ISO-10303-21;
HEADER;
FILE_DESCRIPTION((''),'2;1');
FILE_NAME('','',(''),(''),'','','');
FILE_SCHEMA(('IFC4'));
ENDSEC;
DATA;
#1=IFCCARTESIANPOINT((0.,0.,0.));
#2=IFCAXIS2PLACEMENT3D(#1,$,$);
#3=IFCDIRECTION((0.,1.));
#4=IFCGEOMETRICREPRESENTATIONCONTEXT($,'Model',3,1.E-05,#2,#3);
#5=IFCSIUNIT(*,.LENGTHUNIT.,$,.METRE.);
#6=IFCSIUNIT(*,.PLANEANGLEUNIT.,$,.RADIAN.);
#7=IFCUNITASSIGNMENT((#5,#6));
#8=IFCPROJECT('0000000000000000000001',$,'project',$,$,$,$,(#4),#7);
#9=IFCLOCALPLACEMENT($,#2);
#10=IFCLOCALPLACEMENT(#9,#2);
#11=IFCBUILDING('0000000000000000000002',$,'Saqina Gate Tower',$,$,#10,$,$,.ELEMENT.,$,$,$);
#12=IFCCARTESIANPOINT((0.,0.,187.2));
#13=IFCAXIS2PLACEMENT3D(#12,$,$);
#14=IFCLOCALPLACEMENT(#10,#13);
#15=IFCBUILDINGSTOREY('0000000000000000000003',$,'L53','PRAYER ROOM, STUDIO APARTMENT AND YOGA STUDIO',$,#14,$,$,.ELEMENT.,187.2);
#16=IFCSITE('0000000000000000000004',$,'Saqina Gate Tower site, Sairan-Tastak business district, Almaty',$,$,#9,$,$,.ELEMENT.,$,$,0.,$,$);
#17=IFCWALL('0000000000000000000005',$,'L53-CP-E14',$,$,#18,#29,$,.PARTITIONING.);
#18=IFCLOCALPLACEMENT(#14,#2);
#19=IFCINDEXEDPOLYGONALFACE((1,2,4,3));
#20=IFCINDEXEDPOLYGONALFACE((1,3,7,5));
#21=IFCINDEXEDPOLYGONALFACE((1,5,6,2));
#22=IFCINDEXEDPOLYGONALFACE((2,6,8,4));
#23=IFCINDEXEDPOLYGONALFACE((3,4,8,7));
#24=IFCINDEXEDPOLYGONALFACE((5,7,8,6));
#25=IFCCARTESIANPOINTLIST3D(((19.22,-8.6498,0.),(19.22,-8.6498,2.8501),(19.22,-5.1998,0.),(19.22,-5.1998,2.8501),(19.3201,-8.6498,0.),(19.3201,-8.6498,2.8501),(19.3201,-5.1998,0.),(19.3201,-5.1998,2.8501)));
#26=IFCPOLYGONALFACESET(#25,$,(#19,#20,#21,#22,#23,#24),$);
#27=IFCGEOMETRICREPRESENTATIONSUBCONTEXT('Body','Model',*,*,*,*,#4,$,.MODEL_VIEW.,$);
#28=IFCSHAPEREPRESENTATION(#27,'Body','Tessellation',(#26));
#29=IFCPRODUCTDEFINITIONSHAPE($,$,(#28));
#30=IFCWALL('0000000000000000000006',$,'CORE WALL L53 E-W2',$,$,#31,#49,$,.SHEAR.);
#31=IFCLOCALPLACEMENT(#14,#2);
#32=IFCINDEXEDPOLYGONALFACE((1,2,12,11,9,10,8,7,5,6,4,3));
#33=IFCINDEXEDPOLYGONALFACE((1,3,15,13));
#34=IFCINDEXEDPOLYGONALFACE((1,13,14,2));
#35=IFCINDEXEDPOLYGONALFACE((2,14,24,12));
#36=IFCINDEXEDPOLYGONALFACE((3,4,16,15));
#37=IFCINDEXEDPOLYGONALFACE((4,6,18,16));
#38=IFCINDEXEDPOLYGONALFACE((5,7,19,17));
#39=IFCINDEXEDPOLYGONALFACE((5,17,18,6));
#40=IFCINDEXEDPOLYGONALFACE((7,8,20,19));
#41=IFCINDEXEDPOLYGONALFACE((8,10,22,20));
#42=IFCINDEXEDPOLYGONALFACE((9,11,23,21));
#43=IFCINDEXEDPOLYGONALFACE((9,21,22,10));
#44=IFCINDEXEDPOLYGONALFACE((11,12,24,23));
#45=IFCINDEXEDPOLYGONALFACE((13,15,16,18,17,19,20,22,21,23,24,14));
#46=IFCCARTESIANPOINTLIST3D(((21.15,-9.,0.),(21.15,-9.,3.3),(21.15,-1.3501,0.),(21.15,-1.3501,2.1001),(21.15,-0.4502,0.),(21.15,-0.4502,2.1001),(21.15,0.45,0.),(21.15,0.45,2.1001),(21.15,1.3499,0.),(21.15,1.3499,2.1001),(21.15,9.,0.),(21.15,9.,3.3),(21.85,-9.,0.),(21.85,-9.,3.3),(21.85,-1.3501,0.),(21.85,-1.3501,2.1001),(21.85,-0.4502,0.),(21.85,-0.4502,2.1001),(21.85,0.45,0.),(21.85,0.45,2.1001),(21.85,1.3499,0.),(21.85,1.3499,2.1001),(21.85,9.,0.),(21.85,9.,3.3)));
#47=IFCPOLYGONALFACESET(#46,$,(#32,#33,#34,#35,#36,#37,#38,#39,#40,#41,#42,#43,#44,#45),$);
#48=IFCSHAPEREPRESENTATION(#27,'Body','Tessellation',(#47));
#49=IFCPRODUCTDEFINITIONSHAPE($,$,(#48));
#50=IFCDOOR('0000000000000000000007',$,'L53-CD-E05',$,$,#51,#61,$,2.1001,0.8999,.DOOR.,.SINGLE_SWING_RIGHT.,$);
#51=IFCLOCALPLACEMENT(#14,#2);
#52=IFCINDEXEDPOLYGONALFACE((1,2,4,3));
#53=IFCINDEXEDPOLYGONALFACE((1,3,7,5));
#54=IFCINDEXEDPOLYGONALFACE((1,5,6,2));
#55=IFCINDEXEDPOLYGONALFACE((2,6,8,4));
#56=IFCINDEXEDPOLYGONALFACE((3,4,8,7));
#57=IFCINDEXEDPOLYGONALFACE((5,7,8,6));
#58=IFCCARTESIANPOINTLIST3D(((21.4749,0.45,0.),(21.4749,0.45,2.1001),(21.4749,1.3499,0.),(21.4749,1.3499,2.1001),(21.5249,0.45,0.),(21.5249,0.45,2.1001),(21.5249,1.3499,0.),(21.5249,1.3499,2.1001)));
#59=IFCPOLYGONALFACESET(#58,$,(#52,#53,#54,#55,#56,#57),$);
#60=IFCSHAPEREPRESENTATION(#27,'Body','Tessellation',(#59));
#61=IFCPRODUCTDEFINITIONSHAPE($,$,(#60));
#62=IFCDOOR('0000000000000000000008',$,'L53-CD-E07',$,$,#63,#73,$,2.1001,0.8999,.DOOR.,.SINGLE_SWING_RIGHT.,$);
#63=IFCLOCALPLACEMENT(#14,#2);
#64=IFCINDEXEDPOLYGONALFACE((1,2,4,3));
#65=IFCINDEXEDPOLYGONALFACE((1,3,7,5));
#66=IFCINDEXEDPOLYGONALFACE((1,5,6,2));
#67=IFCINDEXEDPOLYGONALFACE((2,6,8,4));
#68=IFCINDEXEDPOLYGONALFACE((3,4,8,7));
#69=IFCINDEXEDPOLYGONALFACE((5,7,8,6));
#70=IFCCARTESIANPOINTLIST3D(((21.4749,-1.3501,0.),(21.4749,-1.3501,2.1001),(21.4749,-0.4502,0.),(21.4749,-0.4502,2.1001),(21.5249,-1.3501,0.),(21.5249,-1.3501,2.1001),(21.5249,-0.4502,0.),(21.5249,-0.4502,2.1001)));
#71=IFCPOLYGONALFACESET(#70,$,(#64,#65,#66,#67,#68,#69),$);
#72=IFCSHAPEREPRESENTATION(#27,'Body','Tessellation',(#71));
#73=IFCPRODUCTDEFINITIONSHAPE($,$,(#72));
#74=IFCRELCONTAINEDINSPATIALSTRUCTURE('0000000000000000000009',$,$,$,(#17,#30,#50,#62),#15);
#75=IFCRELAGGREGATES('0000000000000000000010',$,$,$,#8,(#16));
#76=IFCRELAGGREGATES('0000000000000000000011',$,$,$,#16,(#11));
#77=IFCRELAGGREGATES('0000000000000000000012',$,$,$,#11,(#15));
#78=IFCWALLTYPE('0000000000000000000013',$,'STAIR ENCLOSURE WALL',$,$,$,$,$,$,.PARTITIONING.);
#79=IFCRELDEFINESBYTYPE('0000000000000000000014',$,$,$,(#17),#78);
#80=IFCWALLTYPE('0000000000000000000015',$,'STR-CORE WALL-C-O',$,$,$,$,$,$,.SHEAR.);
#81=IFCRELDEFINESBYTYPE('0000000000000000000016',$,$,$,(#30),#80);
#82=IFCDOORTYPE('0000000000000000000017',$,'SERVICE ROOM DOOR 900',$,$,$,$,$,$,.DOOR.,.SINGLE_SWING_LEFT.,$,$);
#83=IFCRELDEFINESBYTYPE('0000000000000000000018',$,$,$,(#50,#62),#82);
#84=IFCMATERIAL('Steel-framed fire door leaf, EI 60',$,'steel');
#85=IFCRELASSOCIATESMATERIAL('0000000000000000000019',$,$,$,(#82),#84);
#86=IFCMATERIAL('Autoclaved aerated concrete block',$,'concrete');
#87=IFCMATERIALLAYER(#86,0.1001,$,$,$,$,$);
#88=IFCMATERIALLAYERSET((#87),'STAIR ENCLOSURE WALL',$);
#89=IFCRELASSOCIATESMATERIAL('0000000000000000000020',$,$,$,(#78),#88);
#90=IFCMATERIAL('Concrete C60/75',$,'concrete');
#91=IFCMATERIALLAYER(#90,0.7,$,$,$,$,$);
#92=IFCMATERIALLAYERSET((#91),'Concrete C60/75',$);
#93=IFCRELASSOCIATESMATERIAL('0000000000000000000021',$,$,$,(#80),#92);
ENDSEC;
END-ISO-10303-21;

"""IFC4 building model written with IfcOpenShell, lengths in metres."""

from ifc_helpers import new_model, si_unit, direction, frame, frame_2d, origin, place, context, subcontext, project, spatial, rectangle, extrude, material, layer, layer_set, type_object, element, fill, save


model = new_model("IFC4")

# Units and contexts
model_context = context("Model", 3, precision=1e-05, world=origin(), true_north=direction((0.0, 1.0)))
body_context = subcontext(model_context, "Body", "Model", "MODEL_VIEW")
ifc_project = project(units=[si_unit("LENGTHUNIT", "METRE"), si_unit("PLANEANGLEUNIT", "RADIAN")], contexts=[model_context])

# Site, building, storey
site_placement = place(None, origin())
site = spatial("IfcSite", under=ifc_project, at=site_placement, Name="Saqina Gate Tower site, Sairan-Tastak business district, Almaty", CompositionType="ELEMENT", RefElevation=0.0)
building_placement = place(site_placement, origin())
building = spatial("IfcBuilding", under=site, at=building_placement, Name="Saqina Gate Tower", CompositionType="ELEMENT")
storey_placement = place(building_placement, frame((0.0, 0.0, 187.2)))
storey = spatial("IfcBuildingStorey", under=building, at=storey_placement, Name="L53", Description="PRAYER ROOM, STUDIO APARTMENT AND YOGA STUDIO", CompositionType="ELEMENT", Elevation=187.2)

# Shared definitions
ifc_material_1 = material(Name="Steel-framed fire door leaf, EI 60", Category="steel")
door_type_1 = type_object("IfcDoorType", Name="SERVICE ROOM DOOR 900", OperationType="SINGLE_SWING_LEFT", PredefinedType="DOOR", material=ifc_material_1)

# Wall
ifc_material_2 = material(Name="Autoclaved aerated concrete block", Category="concrete")
ifc_layer_1 = layer(ifc_material_2, 0.1001)
ifc_layer_set_1 = layer_set([ifc_layer_1], Name="STAIR ENCLOSURE WALL")
wall_type_1 = type_object("IfcWallType", Name="STAIR ENCLOSURE WALL", PredefinedType="PARTITIONING", material=ifc_layer_set_1)
wall_1_placement = place(storey_placement, frame((19.27, -8.6499, 0.0), z_axis=(0.0, 0.0, 1.0), x_axis=(0.0, 1.0, 0.0)))
element("IfcWall", 1, at=wall_1_placement, inside=storey, type_object=wall_type_1, Name="L53-CP-E14", PredefinedType="PARTITIONING", context=body_context, shape_type="SweptSolid", body=[
    extrude(rectangle(XDim=3.45, YDim=0.1001, at=frame_2d((1.7251, 0.0))), origin(), (0.0, 0.0, 1.0), 2.8501),
])

# Wall, openings, doors
ifc_material_3 = material(Name="Concrete C60/75", Category="concrete")
ifc_layer_2 = layer(ifc_material_3, 0.7)
ifc_layer_set_2 = layer_set([ifc_layer_2], Name="Concrete C60/75")
wall_type_2 = type_object("IfcWallType", Name="STR-CORE WALL-C-O", PredefinedType="SHEAR", material=ifc_layer_set_2)
wall_2_placement = place(storey_placement, frame((21.5, -9.0, 0.0), z_axis=(0.0, 0.0, 1.0), x_axis=(0.0, 1.0, 0.0)))
wall_2 = element("IfcWall", 2, at=wall_2_placement, inside=storey, type_object=wall_type_2, Name="CORE WALL L53 E-W2", PredefinedType="SHEAR", context=body_context, shape_type="SweptSolid", body=[
    extrude(rectangle(XDim=18.0, YDim=0.7, at=frame_2d((9.0, 0.0))), origin(), (0.0, 0.0, 1.0), 3.3),
])
opening_1_placement = place(wall_2_placement, frame((9.45, 0.0, 0.0)))
opening_1 = element("IfcOpeningElement", 3, at=opening_1_placement, cuts=wall_2, PredefinedType="OPENING", context=body_context, shape_type="SweptSolid", body=[
    extrude(rectangle(XDim=0.8999, YDim=2.1001, at=frame_2d((0.45, 1.05))), frame((0.0, 0.3621, 0.0), z_axis=(0.0, -1.0, 0.0), x_axis=(1.0, 0.0, 0.0)), (0.0, 0.0, 1.0), 0.7239),
])
opening_2_placement = place(wall_2_placement, frame((7.6499, 0.0, 0.0)))
opening_2 = element("IfcOpeningElement", 4, at=opening_2_placement, cuts=wall_2, PredefinedType="OPENING", context=body_context, shape_type="SweptSolid", body=[
    extrude(rectangle(XDim=0.8999, YDim=2.1001, at=frame_2d((0.45, 1.05))), frame((0.0, 0.3621, 0.0), z_axis=(0.0, -1.0, 0.0), x_axis=(1.0, 0.0, 0.0)), (0.0, 0.0, 1.0), 0.7239),
])
door_1_placement = place(opening_1_placement, frame((0.8999, 0.0, 0.0), z_axis=(0.0, 0.0, 1.0), x_axis=(-1.0, 0.0, 0.0)))
door_1 = element("IfcDoor", 5, at=door_1_placement, inside=storey, type_object=door_type_1, Name="L53-CD-E05", OperationType="SINGLE_SWING_RIGHT", OverallHeight=2.1001, OverallWidth=0.8999, PredefinedType="DOOR", context=body_context, shape_type="SweptSolid", body=[
    extrude(rectangle(XDim=0.8999, YDim=2.1001, at=frame_2d((0.45, 1.05))), frame((0.0, 0.0249, 0.0), z_axis=(0.0, -1.0, 0.0), x_axis=(1.0, 0.0, 0.0)), (0.0, 0.0, 1.0), 0.05),
])
fill(opening_1, door_1)
door_2_placement = place(opening_2_placement, frame((0.8999, 0.0, 0.0), z_axis=(0.0, 0.0, 1.0), x_axis=(-1.0, 0.0, 0.0)))
door_2 = element("IfcDoor", 6, at=door_2_placement, inside=storey, type_object=door_type_1, Name="L53-CD-E07", OperationType="SINGLE_SWING_RIGHT", OverallHeight=2.1001, OverallWidth=0.8999, PredefinedType="DOOR", context=body_context, shape_type="SweptSolid", body=[
    extrude(rectangle(XDim=0.8999, YDim=2.1001, at=frame_2d((0.45, 1.05))), frame((0.0, 0.0249, 0.0), z_axis=(0.0, -1.0, 0.0), x_axis=(1.0, 0.0, 0.0)), (0.0, 0.0, 1.0), 0.05),
])
fill(opening_2, door_2)

save(model, "model.ifc")
